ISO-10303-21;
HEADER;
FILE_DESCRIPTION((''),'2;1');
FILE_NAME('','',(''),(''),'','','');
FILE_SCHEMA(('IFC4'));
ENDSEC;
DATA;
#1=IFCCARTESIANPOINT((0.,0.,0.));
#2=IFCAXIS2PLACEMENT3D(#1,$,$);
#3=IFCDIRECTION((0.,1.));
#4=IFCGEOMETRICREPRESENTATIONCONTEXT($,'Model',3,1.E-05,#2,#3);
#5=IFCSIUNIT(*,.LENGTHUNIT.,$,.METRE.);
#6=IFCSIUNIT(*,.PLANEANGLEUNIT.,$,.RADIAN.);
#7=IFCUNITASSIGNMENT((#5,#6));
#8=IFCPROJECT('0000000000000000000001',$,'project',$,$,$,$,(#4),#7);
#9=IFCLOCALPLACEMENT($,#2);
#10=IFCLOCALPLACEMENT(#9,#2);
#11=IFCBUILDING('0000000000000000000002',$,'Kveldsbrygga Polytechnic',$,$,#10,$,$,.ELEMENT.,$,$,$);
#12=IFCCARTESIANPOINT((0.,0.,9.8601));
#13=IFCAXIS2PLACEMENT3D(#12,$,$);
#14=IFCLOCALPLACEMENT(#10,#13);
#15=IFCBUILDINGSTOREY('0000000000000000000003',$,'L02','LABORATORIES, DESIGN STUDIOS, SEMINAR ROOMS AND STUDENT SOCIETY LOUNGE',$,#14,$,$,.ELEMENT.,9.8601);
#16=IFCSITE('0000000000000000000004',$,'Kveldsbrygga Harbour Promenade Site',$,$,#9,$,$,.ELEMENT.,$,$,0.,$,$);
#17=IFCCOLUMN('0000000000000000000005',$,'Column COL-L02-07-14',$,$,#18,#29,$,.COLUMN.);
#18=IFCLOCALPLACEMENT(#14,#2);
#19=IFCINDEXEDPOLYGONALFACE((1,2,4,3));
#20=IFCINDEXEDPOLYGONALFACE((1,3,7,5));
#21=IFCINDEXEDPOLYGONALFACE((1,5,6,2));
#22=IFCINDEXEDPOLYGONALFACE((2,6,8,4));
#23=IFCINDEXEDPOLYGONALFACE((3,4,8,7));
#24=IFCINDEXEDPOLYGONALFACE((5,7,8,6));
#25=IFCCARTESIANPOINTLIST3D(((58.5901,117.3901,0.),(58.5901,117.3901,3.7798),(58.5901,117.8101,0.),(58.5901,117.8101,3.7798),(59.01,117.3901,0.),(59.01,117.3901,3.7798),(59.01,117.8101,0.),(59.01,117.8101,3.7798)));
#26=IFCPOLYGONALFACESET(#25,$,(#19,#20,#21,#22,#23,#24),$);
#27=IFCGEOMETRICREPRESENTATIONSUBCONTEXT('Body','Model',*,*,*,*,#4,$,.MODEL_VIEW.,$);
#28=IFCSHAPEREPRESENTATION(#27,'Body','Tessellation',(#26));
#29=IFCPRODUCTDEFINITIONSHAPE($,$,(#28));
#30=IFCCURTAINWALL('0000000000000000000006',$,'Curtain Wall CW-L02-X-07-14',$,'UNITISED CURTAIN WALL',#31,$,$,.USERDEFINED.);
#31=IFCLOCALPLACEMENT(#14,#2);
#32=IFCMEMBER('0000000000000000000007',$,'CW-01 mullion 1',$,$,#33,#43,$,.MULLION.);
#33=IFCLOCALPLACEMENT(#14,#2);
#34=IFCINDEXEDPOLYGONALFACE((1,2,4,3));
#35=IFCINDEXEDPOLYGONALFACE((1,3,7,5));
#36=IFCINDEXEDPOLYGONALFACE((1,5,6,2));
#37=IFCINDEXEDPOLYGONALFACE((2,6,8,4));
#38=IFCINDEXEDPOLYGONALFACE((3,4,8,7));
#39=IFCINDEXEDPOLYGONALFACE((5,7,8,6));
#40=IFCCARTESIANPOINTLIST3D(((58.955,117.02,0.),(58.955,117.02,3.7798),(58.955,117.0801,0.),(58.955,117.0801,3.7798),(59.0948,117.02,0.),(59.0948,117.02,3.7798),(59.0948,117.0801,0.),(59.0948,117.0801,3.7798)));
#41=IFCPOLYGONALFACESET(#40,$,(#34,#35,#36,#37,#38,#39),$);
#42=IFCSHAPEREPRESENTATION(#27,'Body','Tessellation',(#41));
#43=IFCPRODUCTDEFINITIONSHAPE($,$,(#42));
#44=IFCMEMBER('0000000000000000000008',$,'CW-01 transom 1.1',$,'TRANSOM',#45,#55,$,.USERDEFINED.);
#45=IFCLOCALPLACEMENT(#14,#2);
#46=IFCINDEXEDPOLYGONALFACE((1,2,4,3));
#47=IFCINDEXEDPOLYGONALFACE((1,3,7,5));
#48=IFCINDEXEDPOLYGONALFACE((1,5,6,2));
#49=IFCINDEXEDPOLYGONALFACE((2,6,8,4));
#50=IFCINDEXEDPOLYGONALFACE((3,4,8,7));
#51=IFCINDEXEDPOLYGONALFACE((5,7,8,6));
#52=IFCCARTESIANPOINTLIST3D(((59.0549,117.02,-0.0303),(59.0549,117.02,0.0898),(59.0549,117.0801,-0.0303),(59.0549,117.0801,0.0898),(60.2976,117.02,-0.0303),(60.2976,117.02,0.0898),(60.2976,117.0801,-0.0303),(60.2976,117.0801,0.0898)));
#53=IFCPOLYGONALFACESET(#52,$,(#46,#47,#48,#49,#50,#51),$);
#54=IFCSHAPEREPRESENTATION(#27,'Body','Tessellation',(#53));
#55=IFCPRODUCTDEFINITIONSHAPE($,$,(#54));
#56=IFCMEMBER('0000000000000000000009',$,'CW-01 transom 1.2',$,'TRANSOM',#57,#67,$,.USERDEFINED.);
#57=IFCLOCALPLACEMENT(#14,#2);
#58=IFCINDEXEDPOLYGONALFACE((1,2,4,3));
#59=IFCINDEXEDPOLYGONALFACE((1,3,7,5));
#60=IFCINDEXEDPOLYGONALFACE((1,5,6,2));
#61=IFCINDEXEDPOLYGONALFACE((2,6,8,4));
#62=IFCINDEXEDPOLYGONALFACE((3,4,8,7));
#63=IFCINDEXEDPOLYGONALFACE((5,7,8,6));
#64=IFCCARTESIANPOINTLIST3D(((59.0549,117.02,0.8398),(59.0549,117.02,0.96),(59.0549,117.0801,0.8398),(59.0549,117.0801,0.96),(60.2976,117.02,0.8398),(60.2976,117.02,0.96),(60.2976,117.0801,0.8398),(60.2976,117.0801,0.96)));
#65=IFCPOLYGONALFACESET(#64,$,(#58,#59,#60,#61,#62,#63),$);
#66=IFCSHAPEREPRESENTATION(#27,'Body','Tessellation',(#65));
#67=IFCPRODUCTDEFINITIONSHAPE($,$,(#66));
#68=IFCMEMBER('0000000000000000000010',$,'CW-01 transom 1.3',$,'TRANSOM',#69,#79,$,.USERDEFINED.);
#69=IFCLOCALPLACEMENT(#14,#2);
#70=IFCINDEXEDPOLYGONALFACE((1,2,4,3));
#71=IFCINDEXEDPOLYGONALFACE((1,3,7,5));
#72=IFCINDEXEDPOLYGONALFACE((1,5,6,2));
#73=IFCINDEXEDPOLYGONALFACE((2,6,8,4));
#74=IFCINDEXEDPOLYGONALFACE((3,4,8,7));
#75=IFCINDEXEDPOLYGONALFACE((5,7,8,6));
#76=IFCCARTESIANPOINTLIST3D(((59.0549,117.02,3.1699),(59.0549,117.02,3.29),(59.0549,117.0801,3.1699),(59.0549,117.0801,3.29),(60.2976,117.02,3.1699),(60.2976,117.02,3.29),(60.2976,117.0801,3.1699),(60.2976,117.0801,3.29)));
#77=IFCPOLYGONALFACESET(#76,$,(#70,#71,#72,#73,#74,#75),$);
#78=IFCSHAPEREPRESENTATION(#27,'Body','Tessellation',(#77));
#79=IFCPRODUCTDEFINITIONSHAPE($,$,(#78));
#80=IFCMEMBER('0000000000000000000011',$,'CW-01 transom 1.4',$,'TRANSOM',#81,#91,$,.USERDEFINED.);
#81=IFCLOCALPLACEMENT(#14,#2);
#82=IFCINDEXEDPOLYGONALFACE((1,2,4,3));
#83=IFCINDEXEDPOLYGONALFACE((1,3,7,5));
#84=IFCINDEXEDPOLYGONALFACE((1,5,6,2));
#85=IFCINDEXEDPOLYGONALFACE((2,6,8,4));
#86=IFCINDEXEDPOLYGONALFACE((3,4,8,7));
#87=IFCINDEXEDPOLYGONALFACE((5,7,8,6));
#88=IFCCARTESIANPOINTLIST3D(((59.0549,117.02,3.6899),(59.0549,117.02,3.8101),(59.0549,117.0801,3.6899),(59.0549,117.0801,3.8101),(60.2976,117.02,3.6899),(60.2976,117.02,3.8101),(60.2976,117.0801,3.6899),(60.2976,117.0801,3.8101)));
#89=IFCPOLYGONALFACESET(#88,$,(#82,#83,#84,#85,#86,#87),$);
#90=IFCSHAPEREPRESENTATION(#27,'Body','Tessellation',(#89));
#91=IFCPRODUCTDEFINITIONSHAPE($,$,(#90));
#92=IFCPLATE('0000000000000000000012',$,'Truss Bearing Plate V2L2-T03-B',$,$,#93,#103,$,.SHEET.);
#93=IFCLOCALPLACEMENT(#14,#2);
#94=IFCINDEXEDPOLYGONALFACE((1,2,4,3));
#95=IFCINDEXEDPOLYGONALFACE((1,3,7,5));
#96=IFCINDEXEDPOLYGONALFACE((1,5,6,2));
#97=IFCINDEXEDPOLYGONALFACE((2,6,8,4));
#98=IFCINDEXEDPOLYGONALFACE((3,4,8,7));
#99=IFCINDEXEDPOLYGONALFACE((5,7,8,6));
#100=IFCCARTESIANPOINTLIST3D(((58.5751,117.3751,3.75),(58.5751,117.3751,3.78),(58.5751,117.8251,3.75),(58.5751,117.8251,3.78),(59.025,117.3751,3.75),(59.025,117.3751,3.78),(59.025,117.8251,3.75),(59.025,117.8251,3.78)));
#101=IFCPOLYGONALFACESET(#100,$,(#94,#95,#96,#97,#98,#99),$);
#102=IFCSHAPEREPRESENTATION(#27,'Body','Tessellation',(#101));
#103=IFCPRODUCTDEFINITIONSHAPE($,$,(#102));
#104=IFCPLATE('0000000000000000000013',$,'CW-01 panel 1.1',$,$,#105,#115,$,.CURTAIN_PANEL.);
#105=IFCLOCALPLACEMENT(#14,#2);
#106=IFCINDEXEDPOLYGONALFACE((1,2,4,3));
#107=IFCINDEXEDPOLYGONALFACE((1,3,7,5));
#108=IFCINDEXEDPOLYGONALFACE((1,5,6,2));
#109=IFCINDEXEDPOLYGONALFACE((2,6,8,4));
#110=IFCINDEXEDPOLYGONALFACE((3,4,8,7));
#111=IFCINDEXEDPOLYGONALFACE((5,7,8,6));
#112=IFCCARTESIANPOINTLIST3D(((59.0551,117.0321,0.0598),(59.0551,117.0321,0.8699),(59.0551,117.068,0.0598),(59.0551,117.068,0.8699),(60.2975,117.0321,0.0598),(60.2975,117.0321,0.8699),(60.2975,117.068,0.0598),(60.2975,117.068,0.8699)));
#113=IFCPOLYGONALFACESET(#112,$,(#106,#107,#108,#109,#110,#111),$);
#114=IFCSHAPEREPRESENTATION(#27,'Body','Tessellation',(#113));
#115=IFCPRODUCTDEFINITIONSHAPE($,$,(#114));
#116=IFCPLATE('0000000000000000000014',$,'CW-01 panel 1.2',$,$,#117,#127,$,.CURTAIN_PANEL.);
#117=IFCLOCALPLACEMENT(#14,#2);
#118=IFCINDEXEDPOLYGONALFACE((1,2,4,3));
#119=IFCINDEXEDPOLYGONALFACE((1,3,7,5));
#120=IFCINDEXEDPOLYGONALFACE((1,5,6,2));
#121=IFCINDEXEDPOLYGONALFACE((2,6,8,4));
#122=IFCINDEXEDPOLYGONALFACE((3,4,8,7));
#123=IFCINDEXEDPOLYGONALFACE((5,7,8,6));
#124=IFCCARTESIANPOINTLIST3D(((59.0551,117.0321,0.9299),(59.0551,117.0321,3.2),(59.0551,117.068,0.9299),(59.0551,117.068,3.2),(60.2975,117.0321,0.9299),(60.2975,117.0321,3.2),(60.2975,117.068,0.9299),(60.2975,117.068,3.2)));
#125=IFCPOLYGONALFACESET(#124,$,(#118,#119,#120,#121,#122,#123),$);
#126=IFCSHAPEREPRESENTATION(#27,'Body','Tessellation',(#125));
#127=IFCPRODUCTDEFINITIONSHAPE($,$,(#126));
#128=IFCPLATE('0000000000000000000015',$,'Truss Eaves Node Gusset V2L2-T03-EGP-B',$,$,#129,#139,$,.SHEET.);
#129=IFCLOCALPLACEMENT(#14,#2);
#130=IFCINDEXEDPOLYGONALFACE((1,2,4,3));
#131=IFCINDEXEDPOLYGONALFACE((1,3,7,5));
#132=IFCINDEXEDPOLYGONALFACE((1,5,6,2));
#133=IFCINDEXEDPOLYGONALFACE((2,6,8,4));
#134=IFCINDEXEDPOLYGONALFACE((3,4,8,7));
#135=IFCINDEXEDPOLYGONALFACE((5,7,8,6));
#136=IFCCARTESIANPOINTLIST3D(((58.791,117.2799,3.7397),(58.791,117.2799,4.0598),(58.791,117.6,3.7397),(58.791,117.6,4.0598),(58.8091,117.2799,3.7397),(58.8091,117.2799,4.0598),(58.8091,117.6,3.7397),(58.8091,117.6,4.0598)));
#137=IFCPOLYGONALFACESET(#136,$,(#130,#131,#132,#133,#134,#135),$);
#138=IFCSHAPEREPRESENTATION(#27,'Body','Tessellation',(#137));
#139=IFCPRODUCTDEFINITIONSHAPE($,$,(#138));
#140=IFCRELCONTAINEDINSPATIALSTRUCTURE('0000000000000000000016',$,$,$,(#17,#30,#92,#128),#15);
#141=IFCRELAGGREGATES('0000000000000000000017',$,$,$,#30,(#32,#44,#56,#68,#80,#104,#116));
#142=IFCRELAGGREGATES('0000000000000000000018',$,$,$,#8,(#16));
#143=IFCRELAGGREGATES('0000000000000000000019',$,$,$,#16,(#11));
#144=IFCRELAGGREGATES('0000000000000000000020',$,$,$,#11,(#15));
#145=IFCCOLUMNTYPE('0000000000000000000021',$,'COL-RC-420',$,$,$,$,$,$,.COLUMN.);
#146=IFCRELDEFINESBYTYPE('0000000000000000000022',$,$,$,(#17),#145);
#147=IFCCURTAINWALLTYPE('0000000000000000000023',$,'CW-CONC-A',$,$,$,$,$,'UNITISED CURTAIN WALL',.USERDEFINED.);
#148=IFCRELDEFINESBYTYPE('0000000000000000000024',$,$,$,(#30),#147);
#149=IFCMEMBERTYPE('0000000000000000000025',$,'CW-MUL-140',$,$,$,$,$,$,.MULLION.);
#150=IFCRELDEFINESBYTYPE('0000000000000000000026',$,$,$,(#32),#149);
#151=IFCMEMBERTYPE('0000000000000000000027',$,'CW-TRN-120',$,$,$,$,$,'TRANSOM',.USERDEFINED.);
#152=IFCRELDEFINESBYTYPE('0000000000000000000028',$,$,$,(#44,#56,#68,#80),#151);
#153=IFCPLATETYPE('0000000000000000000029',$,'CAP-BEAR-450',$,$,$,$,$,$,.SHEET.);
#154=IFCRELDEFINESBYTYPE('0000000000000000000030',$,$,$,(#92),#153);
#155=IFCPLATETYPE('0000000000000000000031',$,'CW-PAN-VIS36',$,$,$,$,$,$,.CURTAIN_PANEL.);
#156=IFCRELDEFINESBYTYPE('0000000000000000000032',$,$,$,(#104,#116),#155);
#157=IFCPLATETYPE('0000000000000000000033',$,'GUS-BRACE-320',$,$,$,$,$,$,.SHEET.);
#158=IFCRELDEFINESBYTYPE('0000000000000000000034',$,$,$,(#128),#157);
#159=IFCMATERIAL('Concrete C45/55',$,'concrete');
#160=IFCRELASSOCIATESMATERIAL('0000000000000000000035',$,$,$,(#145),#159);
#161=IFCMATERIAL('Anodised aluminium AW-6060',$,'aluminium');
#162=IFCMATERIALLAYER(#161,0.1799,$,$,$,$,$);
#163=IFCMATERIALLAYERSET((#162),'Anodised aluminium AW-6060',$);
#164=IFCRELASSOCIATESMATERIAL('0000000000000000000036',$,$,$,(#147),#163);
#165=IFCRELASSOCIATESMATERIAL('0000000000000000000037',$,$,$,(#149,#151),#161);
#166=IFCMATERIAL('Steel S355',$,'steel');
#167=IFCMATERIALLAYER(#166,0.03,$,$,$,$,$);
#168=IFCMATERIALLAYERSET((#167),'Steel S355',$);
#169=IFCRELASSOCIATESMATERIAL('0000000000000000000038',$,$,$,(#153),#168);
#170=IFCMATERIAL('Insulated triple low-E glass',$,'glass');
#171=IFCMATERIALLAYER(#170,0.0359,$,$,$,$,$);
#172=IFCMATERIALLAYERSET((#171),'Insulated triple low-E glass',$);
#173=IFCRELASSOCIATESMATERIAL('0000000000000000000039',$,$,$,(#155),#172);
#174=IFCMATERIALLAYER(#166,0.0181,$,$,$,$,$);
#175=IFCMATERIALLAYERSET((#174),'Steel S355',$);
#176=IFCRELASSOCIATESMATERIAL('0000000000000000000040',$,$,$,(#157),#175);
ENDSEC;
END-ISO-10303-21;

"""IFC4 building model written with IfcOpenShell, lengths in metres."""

from ifc_helpers import new_model, si_unit, direction, frame, origin, origin_2d, place, context, subcontext, project, spatial, rectangle, extrude, material, layer, layer_set, material_profile, profile_set, type_object, element, aggregate, save


model = new_model("IFC4")

# Units and contexts
model_context = context("Model", 3, precision=1e-05, world=origin(), true_north=direction((0.0, 1.0)))
body_context = subcontext(model_context, "Body", "Model", "MODEL_VIEW")
ifc_project = project(units=[si_unit("LENGTHUNIT", "METRE"), si_unit("PLANEANGLEUNIT", "RADIAN")], contexts=[model_context])

# Site, building, storey
site_placement = place(None, origin())
site = spatial("IfcSite", under=ifc_project, at=site_placement, Name="Kveldsbrygga Harbour Promenade Site", CompositionType="ELEMENT", RefElevation=0.0)
building_placement = place(site_placement, origin())
building = spatial("IfcBuilding", under=site, at=building_placement, Name="Kveldsbrygga Polytechnic", CompositionType="ELEMENT")
storey_placement = place(building_placement, frame((0.0, 0.0, 9.8601)))
storey = spatial("IfcBuildingStorey", under=building, at=storey_placement, Name="L02", Description="LABORATORIES, DESIGN STUDIOS, SEMINAR ROOMS AND STUDENT SOCIETY LOUNGE", CompositionType="ELEMENT", Elevation=9.8601)

# Column
ifc_material_1 = material(Name="Concrete C45/55", Category="concrete")
ifc_material_profile_1 = material_profile(ifc_material_1, rectangle(XDim=0.4199, YDim=0.4199, at=origin_2d()), Name="RC 420x420")
ifc_profile_set_1 = profile_set([ifc_material_profile_1], Name="Concrete C45/55")
column_type = type_object("IfcColumnType", Name="COL-RC-420", PredefinedType="COLUMN", material=ifc_profile_set_1)
column_placement = place(storey_placement, frame((58.8, 117.6001, 0.0), z_axis=(0.0, 0.0, 1.0), x_axis=(1.0, 0.0, 0.0)))
element("IfcColumn", 1, at=column_placement, inside=storey, type_object=column_type, Name="Column COL-L02-07-14", PredefinedType="COLUMN", context=body_context, shape_type="SweptSolid", body=[
    extrude(rectangle(XDim=0.4199, YDim=0.4199, at=origin_2d()), origin(), (0.0, 0.0, 1.0), 3.7798),
])

# Curtain wall, members
ifc_material_2 = material(Name="Anodised aluminium AW-6060", Category="aluminium")
ifc_layer_1 = layer(ifc_material_2, 0.1799)
ifc_layer_set_1 = layer_set([ifc_layer_1], Name="Anodised aluminium AW-6060")
curtain_wall_type = type_object("IfcCurtainWallType", Name="CW-CONC-A", ElementType="UNITISED CURTAIN WALL", PredefinedType="USERDEFINED", material=ifc_layer_set_1)
curtain_wall_placement = place(storey_placement, origin())
curtain_wall = element("IfcCurtainWall", 2, at=curtain_wall_placement, inside=storey, type_object=curtain_wall_type, Name="Curtain Wall CW-L02-X-07-14", ObjectType="UNITISED CURTAIN WALL", PredefinedType="USERDEFINED")
ifc_material_profile_2 = material_profile(ifc_material_2, rectangle(XDim=0.0601, YDim=0.1399, at=origin_2d()), Name="ALU 60x140")
ifc_profile_set_2 = profile_set([ifc_material_profile_2], Name="Anodised aluminium AW-6060")
member_type_1 = type_object("IfcMemberType", Name="CW-MUL-140", PredefinedType="MULLION", material=ifc_profile_set_2)
member_1_placement = place(storey_placement, frame((59.0249, 117.05, 0.0), z_axis=(0.0, 0.0, 1.0), x_axis=(0.0, 1.0, 0.0)))
member_1 = element("IfcMember", 3, at=member_1_placement, type_object=member_type_1, Name="CW-01 mullion 1", PredefinedType="MULLION", context=body_context, shape_type="SweptSolid", body=[
    extrude(rectangle(XDim=0.0601, YDim=0.1399, at=origin_2d()), origin(), (0.0, 0.0, 1.0), 3.7798),
])
ifc_material_profile_3 = material_profile(ifc_material_2, rectangle(XDim=0.0601, YDim=0.1201, at=origin_2d()), Name="ALU 60x120")
ifc_profile_set_3 = profile_set([ifc_material_profile_3], Name="Anodised aluminium AW-6060")
member_type_2 = type_object("IfcMemberType", Name="CW-TRN-120", ElementType="TRANSOM", PredefinedType="USERDEFINED", material=ifc_profile_set_3)
member_2_placement = place(storey_placement, frame((59.0549, 117.05, 0.0298), z_axis=(1.0, 0.0, 0.0), x_axis=(0.0, 1.0, 0.0)))
member_2 = element("IfcMember", 4, at=member_2_placement, type_object=member_type_2, Name="CW-01 transom 1.1", ObjectType="TRANSOM", PredefinedType="USERDEFINED", context=body_context, shape_type="SweptSolid", body=[
    extrude(rectangle(XDim=0.0601, YDim=0.1201, at=origin_2d()), origin(), (0.0, 0.0, 1.0), 1.2427),
])
member_3_placement = place(storey_placement, frame((59.0549, 117.05, 0.8999), z_axis=(1.0, 0.0, 0.0), x_axis=(0.0, 1.0, 0.0)))
member_3 = element("IfcMember", 5, at=member_3_placement, type_object=member_type_2, Name="CW-01 transom 1.2", ObjectType="TRANSOM", PredefinedType="USERDEFINED", context=body_context, shape_type="SweptSolid", body=[
    extrude(rectangle(XDim=0.0601, YDim=0.1201, at=origin_2d()), origin(), (0.0, 0.0, 1.0), 1.2427),
])
member_4_placement = place(storey_placement, frame((59.0549, 117.05, 3.23), z_axis=(1.0, 0.0, 0.0), x_axis=(0.0, 1.0, 0.0)))
member_4 = element("IfcMember", 6, at=member_4_placement, type_object=member_type_2, Name="CW-01 transom 1.3", ObjectType="TRANSOM", PredefinedType="USERDEFINED", context=body_context, shape_type="SweptSolid", body=[
    extrude(rectangle(XDim=0.0601, YDim=0.1201, at=origin_2d()), origin(), (0.0, 0.0, 1.0), 1.2427),
])
member_5_placement = place(storey_placement, frame((59.0549, 117.05, 3.75), z_axis=(1.0, 0.0, 0.0), x_axis=(0.0, 1.0, 0.0)))
member_5 = element("IfcMember", 7, at=member_5_placement, type_object=member_type_2, Name="CW-01 transom 1.4", ObjectType="TRANSOM", PredefinedType="USERDEFINED", context=body_context, shape_type="SweptSolid", body=[
    extrude(rectangle(XDim=0.0601, YDim=0.1201, at=origin_2d()), origin(), (0.0, 0.0, 1.0), 1.2427),
])

# Plates
ifc_material_3 = material(Name="Steel S355", Category="steel")
ifc_layer_2 = layer(ifc_material_3, 0.03)
ifc_layer_set_2 = layer_set([ifc_layer_2], Name="Steel S355")
plate_type_1 = type_object("IfcPlateType", Name="CAP-BEAR-450", PredefinedType="SHEET", material=ifc_layer_set_2)
plate_1_placement = place(storey_placement, frame((58.8, 117.6001, 3.75), z_axis=(0.0, 0.0, 1.0), x_axis=(1.0, 0.0, 0.0)))
element("IfcPlate", 8, at=plate_1_placement, inside=storey, type_object=plate_type_1, Name="Truss Bearing Plate V2L2-T03-B", PredefinedType="SHEET", context=body_context, shape_type="SweptSolid", body=[
    extrude(rectangle(XDim=0.45, YDim=0.45, at=origin_2d()), origin(), (0.0, 0.0, 1.0), 0.03),
])
ifc_material_4 = material(Name="Insulated triple low-E glass", Category="glass")
ifc_layer_3 = layer(ifc_material_4, 0.0359)
ifc_layer_set_3 = layer_set([ifc_layer_3], Name="Insulated triple low-E glass")
plate_type_2 = type_object("IfcPlateType", Name="CW-PAN-VIS36", PredefinedType="CURTAIN_PANEL", material=ifc_layer_set_3)
plate_2_placement = place(storey_placement, frame((59.6763, 117.05, 0.0598), z_axis=(0.0, 0.0, 1.0), x_axis=(1.0, 0.0, 0.0)))
plate_2 = element("IfcPlate", 9, at=plate_2_placement, type_object=plate_type_2, Name="CW-01 panel 1.1", PredefinedType="CURTAIN_PANEL", context=body_context, shape_type="SweptSolid", body=[
    extrude(rectangle(XDim=1.2424, YDim=0.0359, at=origin_2d()), origin(), (0.0, 0.0, 1.0), 0.8101),
])
plate_3_placement = place(storey_placement, frame((59.6763, 117.05, 0.9299), z_axis=(0.0, 0.0, 1.0), x_axis=(1.0, 0.0, 0.0)))
plate_3 = element("IfcPlate", 10, at=plate_3_placement, type_object=plate_type_2, Name="CW-01 panel 1.2", PredefinedType="CURTAIN_PANEL", context=body_context, shape_type="SweptSolid", body=[
    extrude(rectangle(XDim=1.2424, YDim=0.0359, at=origin_2d()), origin(), (0.0, 0.0, 1.0), 2.27),
])
aggregate(curtain_wall, [member_1, member_2, member_3, member_4, member_5, plate_2, plate_3])
ifc_layer_4 = layer(ifc_material_3, 0.0181)
ifc_layer_set_4 = layer_set([ifc_layer_4], Name="Steel S355")
plate_type_3 = type_object("IfcPlateType", Name="GUS-BRACE-320", PredefinedType="SHEET", material=ifc_layer_set_4)
plate_4_placement = place(storey_placement, frame((58.8, 117.4399, 3.7397), z_axis=(0.0, 0.0, 1.0), x_axis=(1.0, 0.0, 0.0)))
element("IfcPlate", 11, at=plate_4_placement, inside=storey, type_object=plate_type_3, Name="Truss Eaves Node Gusset V2L2-T03-EGP-B", PredefinedType="SHEET", context=body_context, shape_type="SweptSolid", body=[
    extrude(rectangle(XDim=0.0181, YDim=0.3201, at=origin_2d()), origin(), (0.0, 0.0, 1.0), 0.3201),
])

save(model, "model.ifc")
